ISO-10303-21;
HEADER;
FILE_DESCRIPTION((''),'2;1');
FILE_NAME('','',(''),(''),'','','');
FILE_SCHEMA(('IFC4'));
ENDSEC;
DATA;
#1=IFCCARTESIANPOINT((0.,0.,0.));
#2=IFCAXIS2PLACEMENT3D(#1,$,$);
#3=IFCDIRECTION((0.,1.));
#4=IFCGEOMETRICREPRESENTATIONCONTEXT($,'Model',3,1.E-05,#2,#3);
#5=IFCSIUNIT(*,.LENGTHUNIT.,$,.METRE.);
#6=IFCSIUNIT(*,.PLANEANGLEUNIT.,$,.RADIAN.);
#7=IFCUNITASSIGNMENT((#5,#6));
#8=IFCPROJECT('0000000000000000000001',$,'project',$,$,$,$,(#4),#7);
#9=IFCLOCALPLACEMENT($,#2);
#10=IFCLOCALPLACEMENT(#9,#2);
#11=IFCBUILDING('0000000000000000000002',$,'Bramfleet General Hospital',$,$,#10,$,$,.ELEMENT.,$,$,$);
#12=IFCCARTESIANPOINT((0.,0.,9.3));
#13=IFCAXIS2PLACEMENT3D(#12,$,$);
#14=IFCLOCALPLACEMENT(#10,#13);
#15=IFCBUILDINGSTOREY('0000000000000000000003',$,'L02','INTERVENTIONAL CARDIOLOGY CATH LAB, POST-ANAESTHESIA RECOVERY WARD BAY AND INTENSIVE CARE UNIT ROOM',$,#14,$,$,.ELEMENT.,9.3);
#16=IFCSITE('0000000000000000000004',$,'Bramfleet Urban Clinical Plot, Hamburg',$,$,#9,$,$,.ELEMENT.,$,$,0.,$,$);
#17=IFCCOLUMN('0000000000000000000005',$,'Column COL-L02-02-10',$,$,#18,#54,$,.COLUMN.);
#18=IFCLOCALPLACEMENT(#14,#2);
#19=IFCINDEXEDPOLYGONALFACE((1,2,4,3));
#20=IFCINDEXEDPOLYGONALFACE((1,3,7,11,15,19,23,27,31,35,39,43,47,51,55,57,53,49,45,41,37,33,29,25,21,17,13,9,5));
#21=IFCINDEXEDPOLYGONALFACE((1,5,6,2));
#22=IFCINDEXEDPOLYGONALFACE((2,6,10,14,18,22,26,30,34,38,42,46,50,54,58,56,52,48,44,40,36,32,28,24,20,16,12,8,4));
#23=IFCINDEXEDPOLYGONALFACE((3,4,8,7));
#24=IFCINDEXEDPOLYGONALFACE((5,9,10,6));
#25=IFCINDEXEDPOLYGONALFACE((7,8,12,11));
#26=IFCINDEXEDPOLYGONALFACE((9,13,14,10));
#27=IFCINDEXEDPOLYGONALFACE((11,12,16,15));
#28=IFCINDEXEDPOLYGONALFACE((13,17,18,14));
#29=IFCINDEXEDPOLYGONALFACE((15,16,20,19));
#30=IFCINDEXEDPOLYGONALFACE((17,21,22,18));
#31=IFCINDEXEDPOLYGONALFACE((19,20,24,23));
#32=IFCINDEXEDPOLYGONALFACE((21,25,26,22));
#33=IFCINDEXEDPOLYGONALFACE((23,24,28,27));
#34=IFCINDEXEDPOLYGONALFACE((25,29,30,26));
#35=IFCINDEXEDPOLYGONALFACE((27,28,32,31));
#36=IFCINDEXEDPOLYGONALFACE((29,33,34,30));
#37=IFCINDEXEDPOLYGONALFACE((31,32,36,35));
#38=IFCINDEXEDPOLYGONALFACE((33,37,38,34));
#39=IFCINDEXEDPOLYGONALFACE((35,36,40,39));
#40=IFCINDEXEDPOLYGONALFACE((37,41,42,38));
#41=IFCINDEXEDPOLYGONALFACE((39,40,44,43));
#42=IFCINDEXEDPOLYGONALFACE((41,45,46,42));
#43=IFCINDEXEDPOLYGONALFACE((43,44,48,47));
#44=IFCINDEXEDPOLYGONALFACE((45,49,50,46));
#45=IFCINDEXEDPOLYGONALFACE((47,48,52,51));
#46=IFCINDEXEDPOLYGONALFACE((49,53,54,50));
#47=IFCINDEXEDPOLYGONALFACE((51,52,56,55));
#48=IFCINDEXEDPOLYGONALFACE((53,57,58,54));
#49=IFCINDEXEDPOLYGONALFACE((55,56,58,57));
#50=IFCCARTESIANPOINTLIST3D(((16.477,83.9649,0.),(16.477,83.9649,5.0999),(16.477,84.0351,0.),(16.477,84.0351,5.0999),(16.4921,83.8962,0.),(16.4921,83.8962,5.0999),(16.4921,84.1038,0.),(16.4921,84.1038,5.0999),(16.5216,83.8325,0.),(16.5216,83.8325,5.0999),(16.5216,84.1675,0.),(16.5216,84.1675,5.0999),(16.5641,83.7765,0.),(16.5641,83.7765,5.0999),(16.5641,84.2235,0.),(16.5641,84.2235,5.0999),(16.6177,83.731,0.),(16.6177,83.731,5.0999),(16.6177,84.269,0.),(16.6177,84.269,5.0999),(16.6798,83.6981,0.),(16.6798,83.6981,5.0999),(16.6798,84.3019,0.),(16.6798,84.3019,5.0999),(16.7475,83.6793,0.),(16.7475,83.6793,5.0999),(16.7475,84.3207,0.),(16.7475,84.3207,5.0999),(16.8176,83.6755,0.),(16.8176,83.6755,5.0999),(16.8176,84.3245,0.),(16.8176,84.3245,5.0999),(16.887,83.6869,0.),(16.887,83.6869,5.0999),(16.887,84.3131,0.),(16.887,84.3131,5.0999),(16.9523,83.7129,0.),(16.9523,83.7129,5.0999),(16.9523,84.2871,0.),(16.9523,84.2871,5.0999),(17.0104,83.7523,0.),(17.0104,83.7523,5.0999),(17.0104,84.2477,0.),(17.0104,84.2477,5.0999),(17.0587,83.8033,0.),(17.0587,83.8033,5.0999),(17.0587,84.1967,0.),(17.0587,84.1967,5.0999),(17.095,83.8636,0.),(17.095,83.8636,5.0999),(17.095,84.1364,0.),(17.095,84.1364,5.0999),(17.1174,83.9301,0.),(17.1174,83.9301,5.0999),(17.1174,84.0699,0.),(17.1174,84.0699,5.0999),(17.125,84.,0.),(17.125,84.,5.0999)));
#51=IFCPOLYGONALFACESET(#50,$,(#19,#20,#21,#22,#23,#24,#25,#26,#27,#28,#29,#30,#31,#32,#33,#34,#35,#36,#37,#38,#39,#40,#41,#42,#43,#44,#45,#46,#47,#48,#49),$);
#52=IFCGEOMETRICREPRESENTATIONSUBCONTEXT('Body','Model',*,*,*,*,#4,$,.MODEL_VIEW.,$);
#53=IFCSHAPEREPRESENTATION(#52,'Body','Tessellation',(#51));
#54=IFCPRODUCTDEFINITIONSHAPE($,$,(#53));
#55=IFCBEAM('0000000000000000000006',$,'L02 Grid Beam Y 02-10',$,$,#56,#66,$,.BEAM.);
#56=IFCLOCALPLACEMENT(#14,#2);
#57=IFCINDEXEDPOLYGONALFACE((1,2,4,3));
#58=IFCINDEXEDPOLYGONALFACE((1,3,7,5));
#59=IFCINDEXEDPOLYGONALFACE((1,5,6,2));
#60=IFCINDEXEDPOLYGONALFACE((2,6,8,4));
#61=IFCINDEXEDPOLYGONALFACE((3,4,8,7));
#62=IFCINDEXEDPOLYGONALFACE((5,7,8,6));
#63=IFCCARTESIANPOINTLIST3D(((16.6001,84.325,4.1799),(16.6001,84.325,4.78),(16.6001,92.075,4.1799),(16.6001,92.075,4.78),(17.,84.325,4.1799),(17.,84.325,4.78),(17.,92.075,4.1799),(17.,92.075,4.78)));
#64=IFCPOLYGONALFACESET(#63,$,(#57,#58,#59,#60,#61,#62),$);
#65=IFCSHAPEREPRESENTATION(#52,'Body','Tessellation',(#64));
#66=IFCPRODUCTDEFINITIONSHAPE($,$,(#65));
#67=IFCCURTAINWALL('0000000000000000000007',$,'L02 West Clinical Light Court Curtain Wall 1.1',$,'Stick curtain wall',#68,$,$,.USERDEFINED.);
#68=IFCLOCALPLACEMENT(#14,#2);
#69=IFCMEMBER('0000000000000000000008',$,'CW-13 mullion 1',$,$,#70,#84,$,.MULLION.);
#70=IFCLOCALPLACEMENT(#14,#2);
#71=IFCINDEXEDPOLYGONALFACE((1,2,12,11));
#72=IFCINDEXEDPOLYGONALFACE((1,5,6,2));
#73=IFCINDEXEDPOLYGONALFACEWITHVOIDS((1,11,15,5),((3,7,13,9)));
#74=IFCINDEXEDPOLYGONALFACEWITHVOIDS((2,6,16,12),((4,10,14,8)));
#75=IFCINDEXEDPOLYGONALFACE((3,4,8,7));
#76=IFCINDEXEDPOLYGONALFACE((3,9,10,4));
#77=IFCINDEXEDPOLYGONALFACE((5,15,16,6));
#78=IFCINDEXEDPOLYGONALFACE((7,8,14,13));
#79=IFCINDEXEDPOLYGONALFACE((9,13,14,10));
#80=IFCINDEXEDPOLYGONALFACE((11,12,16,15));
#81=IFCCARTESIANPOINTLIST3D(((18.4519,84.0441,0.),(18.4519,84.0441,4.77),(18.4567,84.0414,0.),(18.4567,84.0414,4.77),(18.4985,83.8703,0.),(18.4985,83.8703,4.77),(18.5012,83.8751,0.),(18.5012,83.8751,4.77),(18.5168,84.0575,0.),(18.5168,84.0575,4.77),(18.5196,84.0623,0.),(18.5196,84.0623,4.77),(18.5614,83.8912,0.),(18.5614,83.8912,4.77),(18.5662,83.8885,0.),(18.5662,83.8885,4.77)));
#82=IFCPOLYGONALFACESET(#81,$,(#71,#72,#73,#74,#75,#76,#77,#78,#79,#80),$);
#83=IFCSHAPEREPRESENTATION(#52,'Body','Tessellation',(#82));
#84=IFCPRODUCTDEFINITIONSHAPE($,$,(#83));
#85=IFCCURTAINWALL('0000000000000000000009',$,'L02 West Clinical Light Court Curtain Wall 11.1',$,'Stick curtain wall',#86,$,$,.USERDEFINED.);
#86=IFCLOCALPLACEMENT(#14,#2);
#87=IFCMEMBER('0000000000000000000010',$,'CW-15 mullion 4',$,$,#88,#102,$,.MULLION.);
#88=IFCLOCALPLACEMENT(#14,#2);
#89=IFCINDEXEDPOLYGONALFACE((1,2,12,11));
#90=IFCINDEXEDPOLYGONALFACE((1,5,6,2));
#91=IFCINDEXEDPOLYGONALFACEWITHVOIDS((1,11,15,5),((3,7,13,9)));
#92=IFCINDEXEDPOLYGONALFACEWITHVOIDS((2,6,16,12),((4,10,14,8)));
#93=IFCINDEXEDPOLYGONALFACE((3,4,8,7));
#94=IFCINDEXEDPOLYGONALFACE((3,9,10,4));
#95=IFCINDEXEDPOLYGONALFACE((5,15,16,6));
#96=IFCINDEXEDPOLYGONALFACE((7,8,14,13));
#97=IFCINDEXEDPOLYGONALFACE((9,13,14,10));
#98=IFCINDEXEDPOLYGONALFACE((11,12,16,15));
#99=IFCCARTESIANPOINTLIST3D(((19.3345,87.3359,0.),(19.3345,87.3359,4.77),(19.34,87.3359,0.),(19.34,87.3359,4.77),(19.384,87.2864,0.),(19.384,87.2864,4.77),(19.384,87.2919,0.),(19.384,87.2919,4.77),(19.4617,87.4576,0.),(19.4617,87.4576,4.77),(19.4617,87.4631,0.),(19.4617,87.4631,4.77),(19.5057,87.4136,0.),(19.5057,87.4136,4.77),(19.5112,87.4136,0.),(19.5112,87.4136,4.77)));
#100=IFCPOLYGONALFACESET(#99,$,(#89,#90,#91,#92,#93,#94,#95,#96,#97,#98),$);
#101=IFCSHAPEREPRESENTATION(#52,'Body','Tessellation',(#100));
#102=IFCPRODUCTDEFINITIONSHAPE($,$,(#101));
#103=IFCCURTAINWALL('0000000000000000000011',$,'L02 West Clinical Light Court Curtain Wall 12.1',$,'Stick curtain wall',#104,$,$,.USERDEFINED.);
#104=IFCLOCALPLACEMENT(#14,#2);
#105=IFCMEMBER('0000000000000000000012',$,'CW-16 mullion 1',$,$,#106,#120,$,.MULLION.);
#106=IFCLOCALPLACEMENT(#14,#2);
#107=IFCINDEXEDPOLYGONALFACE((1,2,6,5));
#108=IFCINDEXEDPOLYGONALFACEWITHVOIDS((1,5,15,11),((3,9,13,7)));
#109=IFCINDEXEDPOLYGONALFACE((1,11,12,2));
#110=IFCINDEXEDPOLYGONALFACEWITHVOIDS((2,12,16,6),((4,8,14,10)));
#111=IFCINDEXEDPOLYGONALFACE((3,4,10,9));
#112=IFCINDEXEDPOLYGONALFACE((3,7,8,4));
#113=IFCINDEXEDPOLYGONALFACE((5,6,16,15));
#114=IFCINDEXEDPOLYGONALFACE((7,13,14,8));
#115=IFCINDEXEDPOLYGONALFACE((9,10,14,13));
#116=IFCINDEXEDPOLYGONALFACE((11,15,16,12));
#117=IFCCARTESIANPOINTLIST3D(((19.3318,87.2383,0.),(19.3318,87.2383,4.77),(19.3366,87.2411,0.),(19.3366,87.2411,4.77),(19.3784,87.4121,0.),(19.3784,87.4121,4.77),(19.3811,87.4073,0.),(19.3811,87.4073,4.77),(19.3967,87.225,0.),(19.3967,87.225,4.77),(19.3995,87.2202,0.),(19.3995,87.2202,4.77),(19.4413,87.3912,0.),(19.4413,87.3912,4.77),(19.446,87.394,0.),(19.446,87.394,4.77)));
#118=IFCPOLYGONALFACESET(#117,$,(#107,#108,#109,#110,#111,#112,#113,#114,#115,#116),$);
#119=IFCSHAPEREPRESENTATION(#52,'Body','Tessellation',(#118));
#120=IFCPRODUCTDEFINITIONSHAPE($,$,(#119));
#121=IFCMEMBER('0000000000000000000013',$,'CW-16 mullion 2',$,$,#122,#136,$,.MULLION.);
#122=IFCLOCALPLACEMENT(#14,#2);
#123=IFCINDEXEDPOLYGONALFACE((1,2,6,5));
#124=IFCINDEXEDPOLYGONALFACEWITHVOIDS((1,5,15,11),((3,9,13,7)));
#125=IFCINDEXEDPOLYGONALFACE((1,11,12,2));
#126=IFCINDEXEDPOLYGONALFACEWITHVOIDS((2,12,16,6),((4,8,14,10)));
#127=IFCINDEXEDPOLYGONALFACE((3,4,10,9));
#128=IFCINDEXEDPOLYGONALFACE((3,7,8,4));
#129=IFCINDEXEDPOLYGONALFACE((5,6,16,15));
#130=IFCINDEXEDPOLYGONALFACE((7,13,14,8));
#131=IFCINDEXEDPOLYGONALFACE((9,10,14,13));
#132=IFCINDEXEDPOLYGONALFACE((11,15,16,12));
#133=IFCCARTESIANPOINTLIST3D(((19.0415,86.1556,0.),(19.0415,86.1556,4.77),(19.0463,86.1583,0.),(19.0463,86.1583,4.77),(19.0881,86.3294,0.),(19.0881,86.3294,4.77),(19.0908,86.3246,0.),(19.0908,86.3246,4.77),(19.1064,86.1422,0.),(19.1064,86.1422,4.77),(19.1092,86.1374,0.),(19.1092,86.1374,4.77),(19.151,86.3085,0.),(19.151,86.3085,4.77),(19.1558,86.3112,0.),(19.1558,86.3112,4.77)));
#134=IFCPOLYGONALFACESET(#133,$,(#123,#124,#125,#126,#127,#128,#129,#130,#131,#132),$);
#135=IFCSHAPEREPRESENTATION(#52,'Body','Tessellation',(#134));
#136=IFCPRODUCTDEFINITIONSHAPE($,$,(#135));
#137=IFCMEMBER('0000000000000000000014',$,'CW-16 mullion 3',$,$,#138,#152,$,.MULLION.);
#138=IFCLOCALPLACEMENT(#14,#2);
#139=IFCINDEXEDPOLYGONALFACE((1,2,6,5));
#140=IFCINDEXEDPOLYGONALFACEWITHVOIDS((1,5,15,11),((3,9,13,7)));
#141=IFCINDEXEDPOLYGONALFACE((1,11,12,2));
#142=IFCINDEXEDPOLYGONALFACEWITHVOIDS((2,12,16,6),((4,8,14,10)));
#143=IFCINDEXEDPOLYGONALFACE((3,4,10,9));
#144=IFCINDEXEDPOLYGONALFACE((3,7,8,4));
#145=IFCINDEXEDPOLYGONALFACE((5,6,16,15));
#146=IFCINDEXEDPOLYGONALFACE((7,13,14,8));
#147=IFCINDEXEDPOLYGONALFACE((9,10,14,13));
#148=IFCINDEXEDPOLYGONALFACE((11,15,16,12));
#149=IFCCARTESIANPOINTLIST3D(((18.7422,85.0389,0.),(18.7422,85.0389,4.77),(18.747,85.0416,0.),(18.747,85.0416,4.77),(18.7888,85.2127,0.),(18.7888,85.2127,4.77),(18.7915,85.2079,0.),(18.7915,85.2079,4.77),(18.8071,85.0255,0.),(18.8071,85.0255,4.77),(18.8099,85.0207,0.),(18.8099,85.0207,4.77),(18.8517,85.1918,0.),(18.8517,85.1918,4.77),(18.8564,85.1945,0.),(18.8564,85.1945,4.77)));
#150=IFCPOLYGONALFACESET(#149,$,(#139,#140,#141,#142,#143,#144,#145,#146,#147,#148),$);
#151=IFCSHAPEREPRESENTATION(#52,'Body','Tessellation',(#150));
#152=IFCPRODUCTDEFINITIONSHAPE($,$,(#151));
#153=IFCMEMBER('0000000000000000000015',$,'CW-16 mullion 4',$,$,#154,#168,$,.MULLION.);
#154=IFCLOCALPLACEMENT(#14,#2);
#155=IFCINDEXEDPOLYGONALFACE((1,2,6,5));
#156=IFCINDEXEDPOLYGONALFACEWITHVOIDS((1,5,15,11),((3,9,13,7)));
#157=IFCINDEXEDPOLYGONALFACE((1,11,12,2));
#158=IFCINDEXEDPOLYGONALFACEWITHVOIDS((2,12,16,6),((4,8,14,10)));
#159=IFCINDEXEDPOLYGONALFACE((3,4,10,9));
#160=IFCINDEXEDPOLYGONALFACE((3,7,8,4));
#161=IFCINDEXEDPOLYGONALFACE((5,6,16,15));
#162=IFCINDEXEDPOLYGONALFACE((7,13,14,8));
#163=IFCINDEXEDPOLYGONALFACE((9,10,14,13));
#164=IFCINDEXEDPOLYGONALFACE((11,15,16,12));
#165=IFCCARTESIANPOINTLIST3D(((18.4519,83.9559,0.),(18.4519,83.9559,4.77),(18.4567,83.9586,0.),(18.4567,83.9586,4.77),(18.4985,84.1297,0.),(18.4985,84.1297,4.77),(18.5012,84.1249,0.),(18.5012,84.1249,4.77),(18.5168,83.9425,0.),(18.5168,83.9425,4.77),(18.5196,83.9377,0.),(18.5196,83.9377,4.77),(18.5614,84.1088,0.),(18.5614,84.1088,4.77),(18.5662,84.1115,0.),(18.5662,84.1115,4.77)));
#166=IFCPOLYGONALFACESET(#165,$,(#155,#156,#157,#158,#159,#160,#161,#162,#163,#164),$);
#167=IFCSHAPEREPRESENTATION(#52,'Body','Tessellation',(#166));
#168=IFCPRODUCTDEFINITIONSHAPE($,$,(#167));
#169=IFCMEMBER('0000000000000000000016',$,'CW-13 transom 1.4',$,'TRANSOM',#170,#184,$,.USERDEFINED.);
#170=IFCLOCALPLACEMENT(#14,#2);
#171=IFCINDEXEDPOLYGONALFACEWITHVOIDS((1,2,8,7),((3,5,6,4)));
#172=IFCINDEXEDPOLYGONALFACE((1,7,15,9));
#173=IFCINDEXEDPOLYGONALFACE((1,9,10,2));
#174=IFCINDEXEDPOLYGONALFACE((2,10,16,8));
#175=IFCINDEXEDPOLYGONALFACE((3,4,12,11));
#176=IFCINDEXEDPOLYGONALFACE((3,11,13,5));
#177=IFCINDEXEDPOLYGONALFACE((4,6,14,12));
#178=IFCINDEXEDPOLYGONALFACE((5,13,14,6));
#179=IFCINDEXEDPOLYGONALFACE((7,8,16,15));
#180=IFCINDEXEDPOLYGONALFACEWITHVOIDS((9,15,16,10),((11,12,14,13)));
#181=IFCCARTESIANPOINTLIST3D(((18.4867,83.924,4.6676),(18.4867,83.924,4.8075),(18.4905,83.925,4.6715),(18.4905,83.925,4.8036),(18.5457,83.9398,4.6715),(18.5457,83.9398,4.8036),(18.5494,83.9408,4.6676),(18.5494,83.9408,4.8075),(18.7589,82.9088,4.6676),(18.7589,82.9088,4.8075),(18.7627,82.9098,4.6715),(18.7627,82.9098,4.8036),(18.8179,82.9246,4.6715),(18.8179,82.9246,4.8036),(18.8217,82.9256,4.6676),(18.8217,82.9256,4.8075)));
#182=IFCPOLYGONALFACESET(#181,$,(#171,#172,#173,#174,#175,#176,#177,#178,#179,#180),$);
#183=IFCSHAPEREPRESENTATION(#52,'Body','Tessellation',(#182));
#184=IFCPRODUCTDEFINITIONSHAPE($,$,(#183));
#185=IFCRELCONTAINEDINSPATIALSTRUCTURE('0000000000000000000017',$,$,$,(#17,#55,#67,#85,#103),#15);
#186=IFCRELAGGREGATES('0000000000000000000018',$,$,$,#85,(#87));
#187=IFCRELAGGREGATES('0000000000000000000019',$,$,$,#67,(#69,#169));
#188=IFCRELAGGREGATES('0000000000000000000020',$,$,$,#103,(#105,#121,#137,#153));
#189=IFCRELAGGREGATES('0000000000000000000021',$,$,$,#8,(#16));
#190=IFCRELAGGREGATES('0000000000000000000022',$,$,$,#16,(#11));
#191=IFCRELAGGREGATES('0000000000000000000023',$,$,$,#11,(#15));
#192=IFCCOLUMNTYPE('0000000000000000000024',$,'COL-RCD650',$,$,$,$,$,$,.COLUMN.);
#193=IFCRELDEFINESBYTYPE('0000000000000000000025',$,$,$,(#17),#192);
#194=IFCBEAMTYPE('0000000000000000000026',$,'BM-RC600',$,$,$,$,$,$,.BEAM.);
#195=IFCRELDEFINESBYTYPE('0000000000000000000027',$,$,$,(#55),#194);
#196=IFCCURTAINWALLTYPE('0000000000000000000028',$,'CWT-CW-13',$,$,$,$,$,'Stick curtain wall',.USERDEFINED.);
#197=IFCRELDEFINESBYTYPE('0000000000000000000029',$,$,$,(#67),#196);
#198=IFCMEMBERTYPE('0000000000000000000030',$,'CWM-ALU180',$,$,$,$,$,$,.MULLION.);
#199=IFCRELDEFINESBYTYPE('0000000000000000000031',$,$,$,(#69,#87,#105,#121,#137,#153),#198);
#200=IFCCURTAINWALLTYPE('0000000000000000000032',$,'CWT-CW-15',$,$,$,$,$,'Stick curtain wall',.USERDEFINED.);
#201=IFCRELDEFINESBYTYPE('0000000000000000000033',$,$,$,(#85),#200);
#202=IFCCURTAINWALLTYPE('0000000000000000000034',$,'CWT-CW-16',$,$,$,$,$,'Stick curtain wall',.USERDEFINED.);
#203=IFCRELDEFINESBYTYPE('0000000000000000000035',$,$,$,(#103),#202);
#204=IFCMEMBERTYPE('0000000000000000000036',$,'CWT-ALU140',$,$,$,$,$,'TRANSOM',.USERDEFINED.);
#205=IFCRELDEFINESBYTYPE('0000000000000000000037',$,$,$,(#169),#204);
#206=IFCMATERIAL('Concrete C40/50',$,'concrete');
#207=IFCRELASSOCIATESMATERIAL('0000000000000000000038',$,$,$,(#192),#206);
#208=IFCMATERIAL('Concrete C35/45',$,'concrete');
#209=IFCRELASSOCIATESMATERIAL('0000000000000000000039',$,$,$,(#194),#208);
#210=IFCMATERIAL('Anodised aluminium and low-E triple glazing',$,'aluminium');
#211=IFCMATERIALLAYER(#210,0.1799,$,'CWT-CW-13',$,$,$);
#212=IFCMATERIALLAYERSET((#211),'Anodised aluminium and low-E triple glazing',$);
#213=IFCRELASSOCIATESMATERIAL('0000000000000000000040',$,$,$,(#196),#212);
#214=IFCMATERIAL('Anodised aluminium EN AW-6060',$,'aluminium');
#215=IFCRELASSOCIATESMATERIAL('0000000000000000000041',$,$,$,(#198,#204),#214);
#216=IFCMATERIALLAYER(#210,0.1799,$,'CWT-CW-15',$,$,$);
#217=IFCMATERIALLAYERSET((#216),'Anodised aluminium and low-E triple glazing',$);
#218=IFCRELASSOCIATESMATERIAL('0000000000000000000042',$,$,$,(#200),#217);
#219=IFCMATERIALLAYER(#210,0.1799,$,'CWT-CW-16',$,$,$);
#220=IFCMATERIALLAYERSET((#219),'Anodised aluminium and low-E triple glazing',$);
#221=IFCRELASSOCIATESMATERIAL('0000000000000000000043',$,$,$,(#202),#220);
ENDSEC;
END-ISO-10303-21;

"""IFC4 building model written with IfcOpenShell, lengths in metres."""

from ifc_helpers import new_model, si_unit, direction, frame, origin, origin_2d, place, context, subcontext, project, spatial, rectangle, hollow_rectangle, circle, extrude, material, layer, layer_set, material_profile, profile_set, type_object, element, aggregate, save


model = new_model("IFC4")

# Units and contexts
model_context = context("Model", 3, precision=1e-05, world=origin(), true_north=direction((0.0, 1.0)))
body_context = subcontext(model_context, "Body", "Model", "MODEL_VIEW")
ifc_project = project(units=[si_unit("LENGTHUNIT", "METRE"), si_unit("PLANEANGLEUNIT", "RADIAN")], contexts=[model_context])

# Site, building, storey
site_placement = place(None, origin())
site = spatial("IfcSite", under=ifc_project, at=site_placement, Name="Bramfleet Urban Clinical Plot, Hamburg", CompositionType="ELEMENT", RefElevation=0.0)
building_placement = place(site_placement, origin())
building = spatial("IfcBuilding", under=site, at=building_placement, Name="Bramfleet General Hospital", CompositionType="ELEMENT")
storey_placement = place(building_placement, frame((0.0, 0.0, 9.3)))
storey = spatial("IfcBuildingStorey", under=building, at=storey_placement, Name="L02", Description="INTERVENTIONAL CARDIOLOGY CATH LAB, POST-ANAESTHESIA RECOVERY WARD BAY AND INTENSIVE CARE UNIT ROOM", CompositionType="ELEMENT", Elevation=9.3)

# Column
ifc_material_1 = material(Name="Concrete C40/50", Category="concrete")
ifc_material_profile_1 = material_profile(ifc_material_1, circle(Radius=0.325, at=origin_2d()), Name="RC ROUND D650")
ifc_profile_set_1 = profile_set([ifc_material_profile_1], Name="Concrete C40/50")
column_type = type_object("IfcColumnType", Name="COL-RCD650", PredefinedType="COLUMN", material=ifc_profile_set_1)
column_placement = place(storey_placement, frame((16.8, 84.0, 0.0), z_axis=(0.0, 0.0, 1.0), x_axis=(1.0, 0.0, 0.0)))
element("IfcColumn", 1, at=column_placement, inside=storey, type_object=column_type, Name="Column COL-L02-02-10", PredefinedType="COLUMN", context=body_context, shape_type="SweptSolid", body=[
    extrude(circle(Radius=0.325, at=origin_2d()), origin(), (0.0, 0.0, 1.0), 5.0999),
])

# Beam
ifc_material_2 = material(Name="Concrete C35/45", Category="concrete")
ifc_material_profile_2 = material_profile(ifc_material_2, rectangle(XDim=0.3999, YDim=0.6001, at=origin_2d()), Name="RC BM 600x400")
ifc_profile_set_2 = profile_set([ifc_material_profile_2], Name="Concrete C35/45")
beam_type = type_object("IfcBeamType", Name="BM-RC600", PredefinedType="BEAM", material=ifc_profile_set_2)
beam_placement = place(storey_placement, frame((16.8, 84.325, 4.48), z_axis=(0.0, 1.0, 0.0), x_axis=(-1.0, 0.0, 0.0)))
element("IfcBeam", 2, at=beam_placement, inside=storey, type_object=beam_type, Name="L02 Grid Beam Y 02-10", PredefinedType="BEAM", context=body_context, shape_type="SweptSolid", body=[
    extrude(rectangle(XDim=0.3999, YDim=0.6001, at=origin_2d()), origin(), (0.0, 0.0, 1.0), 7.75),
])

# Curtain walls, members
ifc_material_3 = material(Name="Anodised aluminium and low-E triple glazing", Category="aluminium")
ifc_layer_1 = layer(ifc_material_3, 0.1799, Name="CWT-CW-13")
ifc_layer_set_1 = layer_set([ifc_layer_1], Name="Anodised aluminium and low-E triple glazing")
curtain_wall_type_1 = type_object("IfcCurtainWallType", Name="CWT-CW-13", ElementType="Stick curtain wall", PredefinedType="USERDEFINED", material=ifc_layer_set_1)
curtain_wall_1_placement = place(storey_placement, origin())
curtain_wall_1 = element("IfcCurtainWall", 3, at=curtain_wall_1_placement, inside=storey, type_object=curtain_wall_type_1, Name="L02 West Clinical Light Court Curtain Wall 1.1", ObjectType="Stick curtain wall", PredefinedType="USERDEFINED")
ifc_material_4 = material(Name="Anodised aluminium EN AW-6060", Category="aluminium")
ifc_material_profile_3 = material_profile(ifc_material_4, hollow_rectangle(XDim=0.0701, YDim=0.1799, WallThickness=0.0039, at=origin_2d()), Name="ALU 180x70x4.0")
ifc_profile_set_3 = profile_set([ifc_material_profile_3], Name="Anodised aluminium EN AW-6060")
member_type_1 = type_object("IfcMemberType", Name="CWM-ALU180", PredefinedType="MULLION", material=ifc_profile_set_3)
member_1_placement = place(storey_placement, frame((18.509, 83.9663, 0.0), z_axis=(0.0, 0.0, 1.0), x_axis=(0.965899, 0.258919, 0.0)))
member_1 = element("IfcMember", 4, at=member_1_placement, type_object=member_type_1, Name="CW-13 mullion 1", PredefinedType="MULLION", context=body_context, shape_type="SweptSolid", body=[
    extrude(hollow_rectangle(XDim=0.0701, YDim=0.1799, WallThickness=0.0039, at=origin_2d()), origin(), (0.0, 0.0, 1.0), 4.77),
])
ifc_layer_2 = layer(ifc_material_3, 0.1799, Name="CWT-CW-15")
ifc_layer_set_2 = layer_set([ifc_layer_2], Name="Anodised aluminium and low-E triple glazing")
curtain_wall_type_2 = type_object("IfcCurtainWallType", Name="CWT-CW-15", ElementType="Stick curtain wall", PredefinedType="USERDEFINED", material=ifc_layer_set_2)
curtain_wall_2_placement = place(storey_placement, origin())
curtain_wall_2 = element("IfcCurtainWall", 5, at=curtain_wall_2_placement, inside=storey, type_object=curtain_wall_type_2, Name="L02 West Clinical Light Court Curtain Wall 11.1", ObjectType="Stick curtain wall", PredefinedType="USERDEFINED")
member_2_placement = place(storey_placement, frame((19.4229, 87.3748, 0.0), z_axis=(0.0, 0.0, 1.0), x_axis=(0.707107, -0.707107, 0.0)))
member_2 = element("IfcMember", 6, at=member_2_placement, type_object=member_type_1, Name="CW-15 mullion 4", PredefinedType="MULLION", context=body_context, shape_type="SweptSolid", body=[
    extrude(hollow_rectangle(XDim=0.0701, YDim=0.1799, WallThickness=0.0039, at=origin_2d()), origin(), (0.0, 0.0, 1.0), 4.77),
])
aggregate(curtain_wall_2, [member_2])

# Curtain wall, members
ifc_layer_3 = layer(ifc_material_3, 0.1799, Name="CWT-CW-16")
ifc_layer_set_3 = layer_set([ifc_layer_3], Name="Anodised aluminium and low-E triple glazing")
curtain_wall_type_3 = type_object("IfcCurtainWallType", Name="CWT-CW-16", ElementType="Stick curtain wall", PredefinedType="USERDEFINED", material=ifc_layer_set_3)
curtain_wall_3_placement = place(storey_placement, origin())
curtain_wall_3 = element("IfcCurtainWall", 7, at=curtain_wall_3_placement, inside=storey, type_object=curtain_wall_type_3, Name="L02 West Clinical Light Court Curtain Wall 12.1", ObjectType="Stick curtain wall", PredefinedType="USERDEFINED")
member_3_placement = place(storey_placement, frame((19.3889, 87.3162, 0.0), z_axis=(0.0, 0.0, 1.0), x_axis=(0.965899, -0.258919, 0.0)))
member_3 = element("IfcMember", 8, at=member_3_placement, type_object=member_type_1, Name="CW-16 mullion 1", PredefinedType="MULLION", context=body_context, shape_type="SweptSolid", body=[
    extrude(hollow_rectangle(XDim=0.0701, YDim=0.1799, WallThickness=0.0039, at=origin_2d()), origin(), (0.0, 0.0, 1.0), 4.77),
])
member_4_placement = place(storey_placement, frame((19.0986, 86.2334, 0.0), z_axis=(0.0, 0.0, 1.0), x_axis=(0.965899, -0.258919, 0.0)))
member_4 = element("IfcMember", 9, at=member_4_placement, type_object=member_type_1, Name="CW-16 mullion 2", PredefinedType="MULLION", context=body_context, shape_type="SweptSolid", body=[
    extrude(hollow_rectangle(XDim=0.0701, YDim=0.1799, WallThickness=0.0039, at=origin_2d()), origin(), (0.0, 0.0, 1.0), 4.77),
])
member_5_placement = place(storey_placement, frame((18.7993, 85.1167, 0.0), z_axis=(0.0, 0.0, 1.0), x_axis=(0.965899, -0.258919, 0.0)))
member_5 = element("IfcMember", 10, at=member_5_placement, type_object=member_type_1, Name="CW-16 mullion 3", PredefinedType="MULLION", context=body_context, shape_type="SweptSolid", body=[
    extrude(hollow_rectangle(XDim=0.0701, YDim=0.1799, WallThickness=0.0039, at=origin_2d()), origin(), (0.0, 0.0, 1.0), 4.77),
])
member_6_placement = place(storey_placement, frame((18.509, 84.0337, 0.0), z_axis=(0.0, 0.0, 1.0), x_axis=(0.965899, -0.258919, 0.0)))
member_6 = element("IfcMember", 11, at=member_6_placement, type_object=member_type_1, Name="CW-16 mullion 4", PredefinedType="MULLION", context=body_context, shape_type="SweptSolid", body=[
    extrude(hollow_rectangle(XDim=0.0701, YDim=0.1799, WallThickness=0.0039, at=origin_2d()), origin(), (0.0, 0.0, 1.0), 4.77),
])

# Member
ifc_material_profile_4 = material_profile(ifc_material_4, hollow_rectangle(XDim=0.0649, YDim=0.1399, WallThickness=0.0039, at=origin_2d()), Name="ALU 140x65x4.0")
ifc_profile_set_4 = profile_set([ifc_material_profile_4], Name="Anodised aluminium EN AW-6060")
member_type_2 = type_object("IfcMemberType", Name="CWT-ALU140", ElementType="TRANSOM", PredefinedType="USERDEFINED", material=ifc_profile_set_4)
member_7_placement = place(storey_placement, frame((18.5181, 83.9324, 4.7375), z_axis=(0.259007, -0.965875, 0.0), x_axis=(0.965875, 0.259007, 0.0)))
member_7 = element("IfcMember", 12, at=member_7_placement, type_object=member_type_2, Name="CW-13 transom 1.4", ObjectType="TRANSOM", PredefinedType="USERDEFINED", context=body_context, shape_type="SweptSolid", body=[
    extrude(hollow_rectangle(XDim=0.0649, YDim=0.1399, WallThickness=0.0039, at=origin_2d()), origin(), (0.0, 0.0, 1.0), 1.051),
])
aggregate(curtain_wall_1, [member_1, member_7])

aggregate(curtain_wall_3, [member_3, member_4, member_5, member_6])

save(model, "model.ifc")
